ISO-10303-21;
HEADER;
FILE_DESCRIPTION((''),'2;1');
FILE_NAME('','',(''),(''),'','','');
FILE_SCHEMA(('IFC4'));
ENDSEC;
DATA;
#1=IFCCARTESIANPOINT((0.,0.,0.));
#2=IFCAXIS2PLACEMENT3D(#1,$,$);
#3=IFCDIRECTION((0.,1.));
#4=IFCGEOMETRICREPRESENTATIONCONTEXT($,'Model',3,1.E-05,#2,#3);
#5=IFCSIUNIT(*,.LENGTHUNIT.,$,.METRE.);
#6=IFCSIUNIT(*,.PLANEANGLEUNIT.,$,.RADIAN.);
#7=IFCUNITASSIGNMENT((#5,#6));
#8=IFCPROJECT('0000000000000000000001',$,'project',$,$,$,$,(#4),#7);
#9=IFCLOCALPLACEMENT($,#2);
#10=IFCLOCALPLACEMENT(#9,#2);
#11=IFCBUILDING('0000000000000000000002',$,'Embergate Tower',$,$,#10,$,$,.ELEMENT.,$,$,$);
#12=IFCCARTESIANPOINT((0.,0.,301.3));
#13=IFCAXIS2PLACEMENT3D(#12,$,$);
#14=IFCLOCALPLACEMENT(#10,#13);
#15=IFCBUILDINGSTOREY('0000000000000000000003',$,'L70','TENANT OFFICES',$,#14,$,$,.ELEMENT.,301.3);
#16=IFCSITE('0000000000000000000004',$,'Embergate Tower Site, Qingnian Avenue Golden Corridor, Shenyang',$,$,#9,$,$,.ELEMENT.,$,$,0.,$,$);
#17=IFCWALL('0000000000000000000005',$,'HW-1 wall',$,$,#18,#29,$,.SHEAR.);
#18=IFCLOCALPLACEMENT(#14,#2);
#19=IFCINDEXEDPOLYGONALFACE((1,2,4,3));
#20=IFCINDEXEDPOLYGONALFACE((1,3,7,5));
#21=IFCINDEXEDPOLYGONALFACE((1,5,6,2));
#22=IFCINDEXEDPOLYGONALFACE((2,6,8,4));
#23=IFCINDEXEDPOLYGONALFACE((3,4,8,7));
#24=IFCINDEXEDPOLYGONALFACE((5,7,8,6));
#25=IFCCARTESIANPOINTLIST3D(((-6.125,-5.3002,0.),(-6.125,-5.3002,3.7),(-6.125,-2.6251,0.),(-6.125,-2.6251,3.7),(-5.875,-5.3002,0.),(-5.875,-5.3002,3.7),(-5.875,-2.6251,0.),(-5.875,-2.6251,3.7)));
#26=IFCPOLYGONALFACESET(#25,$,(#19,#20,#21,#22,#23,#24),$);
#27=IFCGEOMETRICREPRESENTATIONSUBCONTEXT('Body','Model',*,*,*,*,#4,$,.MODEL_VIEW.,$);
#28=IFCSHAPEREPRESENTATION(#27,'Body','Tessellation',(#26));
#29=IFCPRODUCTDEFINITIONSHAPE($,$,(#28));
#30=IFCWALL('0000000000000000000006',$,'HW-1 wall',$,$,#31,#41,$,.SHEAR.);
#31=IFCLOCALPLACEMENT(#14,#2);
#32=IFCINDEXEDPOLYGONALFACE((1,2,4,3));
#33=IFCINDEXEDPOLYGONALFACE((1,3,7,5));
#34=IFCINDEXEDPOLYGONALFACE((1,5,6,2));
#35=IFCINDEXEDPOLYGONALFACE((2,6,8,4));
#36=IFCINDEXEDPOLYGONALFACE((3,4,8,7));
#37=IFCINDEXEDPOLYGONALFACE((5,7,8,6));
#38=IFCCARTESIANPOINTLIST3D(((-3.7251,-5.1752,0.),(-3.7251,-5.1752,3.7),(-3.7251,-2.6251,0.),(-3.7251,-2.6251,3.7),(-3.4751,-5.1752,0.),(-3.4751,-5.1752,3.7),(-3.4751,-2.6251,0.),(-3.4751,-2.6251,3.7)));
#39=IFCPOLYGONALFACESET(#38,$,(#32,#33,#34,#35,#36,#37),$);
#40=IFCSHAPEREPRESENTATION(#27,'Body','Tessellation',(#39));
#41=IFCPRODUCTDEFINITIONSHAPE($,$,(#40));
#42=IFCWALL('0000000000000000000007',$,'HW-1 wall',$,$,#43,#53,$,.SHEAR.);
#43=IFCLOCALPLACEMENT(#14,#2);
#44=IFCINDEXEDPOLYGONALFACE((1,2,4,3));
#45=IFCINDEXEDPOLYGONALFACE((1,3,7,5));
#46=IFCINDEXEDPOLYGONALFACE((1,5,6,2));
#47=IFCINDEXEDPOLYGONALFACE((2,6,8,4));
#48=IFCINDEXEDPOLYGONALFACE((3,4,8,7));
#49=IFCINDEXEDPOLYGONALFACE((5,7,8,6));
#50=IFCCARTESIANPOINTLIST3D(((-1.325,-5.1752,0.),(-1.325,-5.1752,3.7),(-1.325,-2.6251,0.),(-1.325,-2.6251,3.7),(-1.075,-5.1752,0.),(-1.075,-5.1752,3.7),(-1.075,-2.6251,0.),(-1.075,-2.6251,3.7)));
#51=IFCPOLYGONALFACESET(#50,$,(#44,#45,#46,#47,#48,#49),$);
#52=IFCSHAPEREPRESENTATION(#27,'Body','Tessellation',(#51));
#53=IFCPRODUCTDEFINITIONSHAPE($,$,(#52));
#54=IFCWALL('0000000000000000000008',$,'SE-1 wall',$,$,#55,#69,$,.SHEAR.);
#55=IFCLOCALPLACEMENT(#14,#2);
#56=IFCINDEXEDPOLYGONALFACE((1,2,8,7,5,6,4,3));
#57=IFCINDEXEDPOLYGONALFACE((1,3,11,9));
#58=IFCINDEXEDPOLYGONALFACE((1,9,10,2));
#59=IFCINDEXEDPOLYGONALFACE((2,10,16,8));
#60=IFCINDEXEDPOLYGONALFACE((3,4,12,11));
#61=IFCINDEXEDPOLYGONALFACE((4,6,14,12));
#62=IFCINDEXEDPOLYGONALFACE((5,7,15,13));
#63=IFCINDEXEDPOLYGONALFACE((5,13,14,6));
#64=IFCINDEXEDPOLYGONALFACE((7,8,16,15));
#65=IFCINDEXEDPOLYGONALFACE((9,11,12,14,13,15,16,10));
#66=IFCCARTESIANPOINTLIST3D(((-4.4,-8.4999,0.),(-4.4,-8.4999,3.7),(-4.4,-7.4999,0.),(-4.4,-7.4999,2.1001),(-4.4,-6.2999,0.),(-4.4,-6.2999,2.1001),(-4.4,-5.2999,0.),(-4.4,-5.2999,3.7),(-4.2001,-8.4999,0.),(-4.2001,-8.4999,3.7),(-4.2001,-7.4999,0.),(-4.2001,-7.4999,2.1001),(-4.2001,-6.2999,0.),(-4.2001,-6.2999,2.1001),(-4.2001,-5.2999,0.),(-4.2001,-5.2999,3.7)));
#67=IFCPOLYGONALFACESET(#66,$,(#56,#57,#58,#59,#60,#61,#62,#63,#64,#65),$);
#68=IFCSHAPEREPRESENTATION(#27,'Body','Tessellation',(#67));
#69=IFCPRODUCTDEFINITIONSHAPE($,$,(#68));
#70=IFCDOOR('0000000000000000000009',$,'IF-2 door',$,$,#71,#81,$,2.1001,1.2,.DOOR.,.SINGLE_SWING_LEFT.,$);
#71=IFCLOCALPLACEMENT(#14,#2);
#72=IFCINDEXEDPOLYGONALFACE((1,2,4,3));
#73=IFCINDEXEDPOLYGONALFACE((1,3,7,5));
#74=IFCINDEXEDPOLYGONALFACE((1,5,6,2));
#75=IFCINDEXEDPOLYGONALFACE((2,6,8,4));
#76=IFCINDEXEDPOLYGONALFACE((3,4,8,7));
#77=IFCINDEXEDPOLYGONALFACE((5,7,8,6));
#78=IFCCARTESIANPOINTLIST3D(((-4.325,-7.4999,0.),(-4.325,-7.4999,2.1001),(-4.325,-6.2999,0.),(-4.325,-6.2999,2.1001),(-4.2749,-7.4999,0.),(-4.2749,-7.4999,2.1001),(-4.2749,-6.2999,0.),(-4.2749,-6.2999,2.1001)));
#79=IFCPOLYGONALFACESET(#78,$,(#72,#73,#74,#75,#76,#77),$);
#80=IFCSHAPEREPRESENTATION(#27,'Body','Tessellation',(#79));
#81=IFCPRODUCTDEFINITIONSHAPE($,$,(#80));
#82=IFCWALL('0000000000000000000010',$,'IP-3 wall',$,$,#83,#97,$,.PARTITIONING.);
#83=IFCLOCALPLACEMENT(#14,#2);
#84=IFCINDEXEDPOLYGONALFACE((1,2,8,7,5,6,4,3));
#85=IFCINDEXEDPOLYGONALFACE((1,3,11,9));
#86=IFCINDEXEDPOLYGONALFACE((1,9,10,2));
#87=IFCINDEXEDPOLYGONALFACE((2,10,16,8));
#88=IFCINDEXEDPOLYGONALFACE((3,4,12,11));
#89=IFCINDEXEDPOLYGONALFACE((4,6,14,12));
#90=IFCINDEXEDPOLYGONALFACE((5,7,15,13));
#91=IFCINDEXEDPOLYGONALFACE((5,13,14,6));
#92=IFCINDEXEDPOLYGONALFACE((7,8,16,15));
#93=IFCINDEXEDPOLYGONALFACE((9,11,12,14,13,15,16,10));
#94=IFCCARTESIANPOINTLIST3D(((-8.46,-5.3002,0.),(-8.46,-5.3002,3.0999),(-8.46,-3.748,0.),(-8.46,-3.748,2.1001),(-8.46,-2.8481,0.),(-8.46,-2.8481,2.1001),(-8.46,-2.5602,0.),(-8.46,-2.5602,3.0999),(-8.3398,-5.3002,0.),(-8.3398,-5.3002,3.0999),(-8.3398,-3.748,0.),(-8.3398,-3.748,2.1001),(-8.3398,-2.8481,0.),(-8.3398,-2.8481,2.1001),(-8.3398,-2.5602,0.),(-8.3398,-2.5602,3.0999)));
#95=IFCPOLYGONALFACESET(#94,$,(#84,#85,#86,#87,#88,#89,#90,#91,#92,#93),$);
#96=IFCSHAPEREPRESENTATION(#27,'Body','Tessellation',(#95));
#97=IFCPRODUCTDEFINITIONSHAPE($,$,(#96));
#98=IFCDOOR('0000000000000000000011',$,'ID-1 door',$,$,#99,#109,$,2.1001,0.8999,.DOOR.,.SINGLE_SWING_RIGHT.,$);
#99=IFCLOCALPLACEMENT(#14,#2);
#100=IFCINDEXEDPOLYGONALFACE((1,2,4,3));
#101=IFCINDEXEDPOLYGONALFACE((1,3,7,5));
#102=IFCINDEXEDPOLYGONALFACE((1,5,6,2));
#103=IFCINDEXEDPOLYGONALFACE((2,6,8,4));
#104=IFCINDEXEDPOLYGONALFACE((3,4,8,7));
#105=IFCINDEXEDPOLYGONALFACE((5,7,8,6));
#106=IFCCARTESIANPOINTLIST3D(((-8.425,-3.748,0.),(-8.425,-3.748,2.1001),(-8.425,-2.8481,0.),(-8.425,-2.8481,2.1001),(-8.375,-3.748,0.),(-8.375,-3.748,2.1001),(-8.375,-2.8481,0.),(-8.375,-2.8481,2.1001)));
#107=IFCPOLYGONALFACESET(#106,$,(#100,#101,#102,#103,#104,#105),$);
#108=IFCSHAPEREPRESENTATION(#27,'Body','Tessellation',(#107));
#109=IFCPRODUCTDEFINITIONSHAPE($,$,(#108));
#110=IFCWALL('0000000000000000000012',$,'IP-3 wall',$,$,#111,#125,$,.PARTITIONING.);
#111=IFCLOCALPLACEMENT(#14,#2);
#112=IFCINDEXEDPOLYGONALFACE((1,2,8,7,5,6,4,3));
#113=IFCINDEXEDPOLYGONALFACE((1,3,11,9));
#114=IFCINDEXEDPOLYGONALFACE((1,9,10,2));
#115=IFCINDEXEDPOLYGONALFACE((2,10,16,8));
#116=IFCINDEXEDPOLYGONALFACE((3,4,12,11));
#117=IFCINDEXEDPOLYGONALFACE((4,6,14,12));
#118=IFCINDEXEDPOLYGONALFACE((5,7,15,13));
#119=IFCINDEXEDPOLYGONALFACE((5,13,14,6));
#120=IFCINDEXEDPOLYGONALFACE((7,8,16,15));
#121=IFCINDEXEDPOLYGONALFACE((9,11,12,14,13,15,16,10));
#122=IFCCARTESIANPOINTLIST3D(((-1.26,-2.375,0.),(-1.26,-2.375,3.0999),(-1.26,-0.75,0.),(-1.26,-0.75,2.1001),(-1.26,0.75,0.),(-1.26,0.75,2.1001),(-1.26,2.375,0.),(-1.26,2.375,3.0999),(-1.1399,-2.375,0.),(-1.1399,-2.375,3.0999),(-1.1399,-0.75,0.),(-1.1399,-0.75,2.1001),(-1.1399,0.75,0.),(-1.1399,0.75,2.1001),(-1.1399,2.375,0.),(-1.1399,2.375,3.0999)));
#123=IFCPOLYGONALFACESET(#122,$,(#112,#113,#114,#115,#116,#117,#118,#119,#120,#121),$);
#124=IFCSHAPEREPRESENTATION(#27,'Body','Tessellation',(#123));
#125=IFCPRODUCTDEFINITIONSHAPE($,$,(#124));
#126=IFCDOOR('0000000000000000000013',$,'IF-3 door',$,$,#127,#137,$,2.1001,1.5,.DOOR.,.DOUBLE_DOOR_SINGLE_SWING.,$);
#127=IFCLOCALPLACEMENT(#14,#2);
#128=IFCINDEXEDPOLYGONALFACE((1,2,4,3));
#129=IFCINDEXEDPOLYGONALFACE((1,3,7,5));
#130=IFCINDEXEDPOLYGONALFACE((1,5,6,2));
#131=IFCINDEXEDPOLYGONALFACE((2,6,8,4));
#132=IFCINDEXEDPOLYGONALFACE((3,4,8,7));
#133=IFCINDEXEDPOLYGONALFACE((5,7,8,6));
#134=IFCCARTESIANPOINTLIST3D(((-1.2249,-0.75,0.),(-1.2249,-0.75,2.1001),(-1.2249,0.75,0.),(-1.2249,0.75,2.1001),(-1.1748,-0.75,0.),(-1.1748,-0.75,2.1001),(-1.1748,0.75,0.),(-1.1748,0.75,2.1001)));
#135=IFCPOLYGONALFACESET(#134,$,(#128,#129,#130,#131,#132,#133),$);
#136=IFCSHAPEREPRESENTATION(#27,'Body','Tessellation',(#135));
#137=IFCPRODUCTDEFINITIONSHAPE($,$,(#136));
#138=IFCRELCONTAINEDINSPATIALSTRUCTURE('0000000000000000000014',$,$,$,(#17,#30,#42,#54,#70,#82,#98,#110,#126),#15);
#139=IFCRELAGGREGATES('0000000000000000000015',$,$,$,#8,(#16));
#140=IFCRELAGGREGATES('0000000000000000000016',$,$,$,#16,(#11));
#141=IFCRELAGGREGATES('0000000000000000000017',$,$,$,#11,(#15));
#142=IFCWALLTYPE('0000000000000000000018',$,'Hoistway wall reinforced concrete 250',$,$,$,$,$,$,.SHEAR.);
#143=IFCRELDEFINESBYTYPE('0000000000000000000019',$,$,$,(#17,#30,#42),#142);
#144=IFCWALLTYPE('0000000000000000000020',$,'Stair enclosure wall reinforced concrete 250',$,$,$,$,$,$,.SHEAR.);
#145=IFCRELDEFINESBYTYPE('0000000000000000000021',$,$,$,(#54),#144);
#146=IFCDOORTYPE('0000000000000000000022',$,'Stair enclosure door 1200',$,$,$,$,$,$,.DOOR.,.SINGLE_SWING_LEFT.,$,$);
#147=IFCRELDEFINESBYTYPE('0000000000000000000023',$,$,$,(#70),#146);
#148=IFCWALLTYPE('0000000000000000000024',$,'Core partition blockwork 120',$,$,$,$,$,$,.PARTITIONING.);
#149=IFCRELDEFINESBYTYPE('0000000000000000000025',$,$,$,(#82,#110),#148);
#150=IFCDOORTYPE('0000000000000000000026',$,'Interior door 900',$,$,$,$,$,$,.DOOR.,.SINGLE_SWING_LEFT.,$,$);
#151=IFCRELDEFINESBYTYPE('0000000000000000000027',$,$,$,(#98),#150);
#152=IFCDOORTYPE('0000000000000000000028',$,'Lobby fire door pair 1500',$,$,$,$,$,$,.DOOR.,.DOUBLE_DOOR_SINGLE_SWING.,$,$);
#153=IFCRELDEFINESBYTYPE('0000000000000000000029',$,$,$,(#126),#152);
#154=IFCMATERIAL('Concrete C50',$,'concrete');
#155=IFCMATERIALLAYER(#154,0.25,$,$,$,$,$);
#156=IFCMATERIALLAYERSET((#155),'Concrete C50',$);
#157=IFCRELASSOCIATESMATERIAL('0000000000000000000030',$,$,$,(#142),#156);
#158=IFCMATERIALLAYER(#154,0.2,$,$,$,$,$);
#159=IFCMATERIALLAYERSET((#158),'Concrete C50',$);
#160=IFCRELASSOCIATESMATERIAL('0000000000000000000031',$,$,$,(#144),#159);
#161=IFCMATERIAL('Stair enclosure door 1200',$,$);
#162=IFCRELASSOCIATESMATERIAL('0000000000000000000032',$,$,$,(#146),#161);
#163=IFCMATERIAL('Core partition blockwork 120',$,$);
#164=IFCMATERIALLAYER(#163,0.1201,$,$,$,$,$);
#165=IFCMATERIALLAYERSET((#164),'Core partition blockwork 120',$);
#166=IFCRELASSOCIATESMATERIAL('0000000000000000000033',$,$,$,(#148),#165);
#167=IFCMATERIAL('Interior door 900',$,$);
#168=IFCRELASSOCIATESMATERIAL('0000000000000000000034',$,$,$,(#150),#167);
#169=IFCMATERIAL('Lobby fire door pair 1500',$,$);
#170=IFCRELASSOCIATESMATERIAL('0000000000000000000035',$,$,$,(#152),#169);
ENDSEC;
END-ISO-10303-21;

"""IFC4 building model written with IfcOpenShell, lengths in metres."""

from ifc_helpers import new_model, si_unit, direction, frame, frame_2d, origin, place, context, subcontext, project, spatial, rectangle, extrude, source, transform, mapped, material, layer, layer_set, type_object, element, fill, save


model = new_model("IFC4")

# Units and contexts
model_context = context("Model", 3, precision=1e-05, world=origin(), true_north=direction((0.0, 1.0)))
body_context = subcontext(model_context, "Body", "Model", "MODEL_VIEW")
ifc_project = project(units=[si_unit("LENGTHUNIT", "METRE"), si_unit("PLANEANGLEUNIT", "RADIAN")], contexts=[model_context])

# Site, building, storey
site_placement = place(None, origin())
site = spatial("IfcSite", under=ifc_project, at=site_placement, Name="Embergate Tower Site, Qingnian Avenue Golden Corridor, Shenyang", CompositionType="ELEMENT", RefElevation=0.0)
building_placement = place(site_placement, origin())
building = spatial("IfcBuilding", under=site, at=building_placement, Name="Embergate Tower", CompositionType="ELEMENT")
storey_placement = place(building_placement, frame((0.0, 0.0, 301.3)))
storey = spatial("IfcBuildingStorey", under=building, at=storey_placement, Name="L70", Description="TENANT OFFICES", CompositionType="ELEMENT", Elevation=301.3)

# Walls
ifc_material_1 = material(Name="Concrete C50", Category="concrete")
ifc_layer_1 = layer(ifc_material_1, 0.25)
ifc_layer_set_1 = layer_set([ifc_layer_1], Name="Concrete C50")
wall_type_1 = type_object("IfcWallType", Name="Hoistway wall reinforced concrete 250", PredefinedType="SHEAR", material=ifc_layer_set_1)
shared_shape_1 = source(origin(), body_context, "Body", "SweptSolid", [
    extrude(rectangle(XDim=2.675, YDim=0.25, at=frame_2d((1.3374, 0.0))), origin(), (0.0, 0.0, 1.0), 3.7),
])
wall_1_placement = place(storey_placement, frame((-6.0, -5.3, 0.0), z_axis=(0.0, 0.0, 1.0), x_axis=(0.0, 1.0, 0.0)))
element("IfcWall", 1, at=wall_1_placement, inside=storey, type_object=wall_type_1, Name="HW-1 wall", PredefinedType="SHEAR", context=body_context, shape_type="MappedRepresentation", body=[
    mapped(shared_shape_1, transform((0.0, 0.0, 0.0))),
])
shared_shape_2 = source(origin(), body_context, "Body", "SweptSolid", [
    extrude(rectangle(XDim=2.55, YDim=0.25, at=frame_2d((1.2749, 0.0))), origin(), (0.0, 0.0, 1.0), 3.7),
])
for number, where, z_axis, x_axis, name in (
    (2, (-3.6001, -5.175, 0.0), (0.0, 0.0, 1.0), (0.0, 1.0, 0.0), "HW-1 wall"),
    (3, (-1.2, -5.175, 0.0), (0.0, 0.0, 1.0), (0.0, 1.0, 0.0), "HW-1 wall"),
):
    element("IfcWall", number, at=place(storey_placement, frame(where, z_axis=z_axis, x_axis=x_axis)), inside=storey, type_object=wall_type_1, Name=name, PredefinedType="SHEAR", context=body_context, shape_type="MappedRepresentation", body=[
        mapped(shared_shape_2, transform((0.0, 0.0, 0.0))),
    ])

# Walls, openings, doors
ifc_layer_2 = layer(ifc_material_1, 0.2)
ifc_layer_set_2 = layer_set([ifc_layer_2], Name="Concrete C50")
wall_type_2 = type_object("IfcWallType", Name="Stair enclosure wall reinforced concrete 250", PredefinedType="SHEAR", material=ifc_layer_set_2)
shared_shape_3 = source(origin(), body_context, "Body", "SweptSolid", [
    extrude(rectangle(XDim=3.2, YDim=0.2, at=frame_2d((1.6001, 0.0))), origin(), (0.0, 0.0, 1.0), 3.7),
])
wall_2_placement = place(storey_placement, frame((-4.3, -8.5, 0.0), z_axis=(0.0, 0.0, 1.0), x_axis=(0.0, 1.0, 0.0)))
wall_2 = element("IfcWall", 4, at=wall_2_placement, inside=storey, type_object=wall_type_2, Name="SE-1 wall", PredefinedType="SHEAR", context=body_context, shape_type="MappedRepresentation", body=[
    mapped(shared_shape_3, transform((0.0, 0.0, 0.0))),
])
shared_shape_4 = source(origin(), body_context, "Body", "SweptSolid", [
    extrude(rectangle(XDim=1.2, YDim=2.1001, at=frame_2d((0.6001, 1.05))), frame((0.0, 0.1099, 0.0), z_axis=(0.0, -1.0, 0.0), x_axis=(1.0, 0.0, 0.0)), (0.0, 0.0, 1.0), 0.22),
])
opening_1_placement = place(wall_2_placement, frame((1.0, 0.0, 0.0)))
opening_1 = element("IfcOpeningElement", 5, at=opening_1_placement, cuts=wall_2, PredefinedType="OPENING", context=body_context, shape_type="MappedRepresentation", body=[
    mapped(shared_shape_4, transform((0.0, 0.0, 0.0))),
])
ifc_material_2 = material(Name="Stair enclosure door 1200")
door_type_1 = type_object("IfcDoorType", Name="Stair enclosure door 1200", OperationType="SINGLE_SWING_LEFT", PredefinedType="DOOR", material=ifc_material_2)
shared_shape_5 = source(origin(), body_context, "Body", "SweptSolid", [
    extrude(rectangle(XDim=1.2, YDim=2.1001, at=frame_2d((0.6001, 1.05))), frame((0.0, 0.0249, 0.0), z_axis=(0.0, -1.0, 0.0), x_axis=(1.0, 0.0, 0.0)), (0.0, 0.0, 1.0), 0.05),
])
door_1_placement = place(opening_1_placement, origin())
door_1 = element("IfcDoor", 6, at=door_1_placement, inside=storey, type_object=door_type_1, Name="IF-2 door", OperationType="SINGLE_SWING_LEFT", OverallHeight=2.1001, OverallWidth=1.2, PredefinedType="DOOR", context=body_context, shape_type="MappedRepresentation", body=[
    mapped(shared_shape_5, transform((0.0, 0.0, 0.0))),
])
fill(opening_1, door_1)
ifc_material_3 = material(Name="Core partition blockwork 120")
ifc_layer_3 = layer(ifc_material_3, 0.1201)
ifc_layer_set_3 = layer_set([ifc_layer_3], Name="Core partition blockwork 120")
wall_type_3 = type_object("IfcWallType", Name="Core partition blockwork 120", PredefinedType="PARTITIONING", material=ifc_layer_set_3)
shared_shape_6 = source(origin(), body_context, "Body", "SweptSolid", [
    extrude(rectangle(XDim=2.74, YDim=0.1201, at=frame_2d((1.3701, 0.0))), origin(), (0.0, 0.0, 1.0), 3.0999),
])
wall_3_placement = place(storey_placement, frame((-8.3999, -2.5601, 0.0), z_axis=(0.0, 0.0, 1.0), x_axis=(0.0, -1.0, 0.0)))
wall_3 = element("IfcWall", 7, at=wall_3_placement, inside=storey, type_object=wall_type_3, Name="IP-3 wall", PredefinedType="PARTITIONING", context=body_context, shape_type="MappedRepresentation", body=[
    mapped(shared_shape_6, transform((0.0, 0.0, 0.0))),
])
shared_shape_7 = source(origin(), body_context, "Body", "SweptSolid", [
    extrude(rectangle(XDim=0.8999, YDim=2.1001, at=frame_2d((0.45, 1.05))), frame((0.0, 0.0701, 0.0), z_axis=(0.0, -1.0, 0.0), x_axis=(1.0, 0.0, 0.0)), (0.0, 0.0, 1.0), 0.1401),
])
opening_2_placement = place(wall_3_placement, frame((0.2881, 0.0, 0.0)))
opening_2 = element("IfcOpeningElement", 8, at=opening_2_placement, cuts=wall_3, PredefinedType="OPENING", context=body_context, shape_type="MappedRepresentation", body=[
    mapped(shared_shape_7, transform((0.0, 0.0, 0.0))),
])
ifc_material_4 = material(Name="Interior door 900")
door_type_2 = type_object("IfcDoorType", Name="Interior door 900", OperationType="SINGLE_SWING_LEFT", PredefinedType="DOOR", material=ifc_material_4)
shared_shape_8 = source(origin(), body_context, "Body", "SweptSolid", [
    extrude(rectangle(XDim=0.8999, YDim=2.1001, at=frame_2d((0.45, 1.05))), frame((0.0, 0.0249, 0.0), z_axis=(0.0, -1.0, 0.0), x_axis=(1.0, 0.0, 0.0)), (0.0, 0.0, 1.0), 0.05),
])
door_2_placement = place(opening_2_placement, origin())
door_2 = element("IfcDoor", 9, at=door_2_placement, inside=storey, type_object=door_type_2, Name="ID-1 door", OperationType="SINGLE_SWING_RIGHT", OverallHeight=2.1001, OverallWidth=0.8999, PredefinedType="DOOR", context=body_context, shape_type="MappedRepresentation", body=[
    mapped(shared_shape_8, transform((0.0, 0.0, 0.0))),
])
fill(opening_2, door_2)
shared_shape_9 = source(origin(), body_context, "Body", "SweptSolid", [
    extrude(rectangle(XDim=4.75, YDim=0.1201, at=frame_2d((2.375, 0.0))), origin(), (0.0, 0.0, 1.0), 3.0999),
])
wall_4_placement = place(storey_placement, frame((-1.2, -2.375, 0.0), z_axis=(0.0, 0.0, 1.0), x_axis=(0.0, 1.0, 0.0)))
wall_4 = element("IfcWall", 10, at=wall_4_placement, inside=storey, type_object=wall_type_3, Name="IP-3 wall", PredefinedType="PARTITIONING", context=body_context, shape_type="MappedRepresentation", body=[
    mapped(shared_shape_9, transform((0.0, 0.0, 0.0))),
])
shared_shape_10 = source(origin(), body_context, "Body", "SweptSolid", [
    extrude(rectangle(XDim=1.5, YDim=2.1001, at=frame_2d((0.75, 1.05))), frame((0.0, 0.0701, 0.0), z_axis=(0.0, -1.0, 0.0), x_axis=(1.0, 0.0, 0.0)), (0.0, 0.0, 1.0), 0.1401),
])
opening_3_placement = place(wall_4_placement, frame((1.625, 0.0, 0.0)))
opening_3 = element("IfcOpeningElement", 11, at=opening_3_placement, cuts=wall_4, PredefinedType="OPENING", context=body_context, shape_type="MappedRepresentation", body=[
    mapped(shared_shape_10, transform((0.0, 0.0, 0.0))),
])
ifc_material_5 = material(Name="Lobby fire door pair 1500")
door_type_3 = type_object("IfcDoorType", Name="Lobby fire door pair 1500", OperationType="DOUBLE_DOOR_SINGLE_SWING", PredefinedType="DOOR", material=ifc_material_5)
shared_shape_11 = source(origin(), body_context, "Body", "SweptSolid", [
    extrude(rectangle(XDim=1.5, YDim=2.1001, at=frame_2d((0.75, 1.05))), frame((0.0, 0.0249, 0.0), z_axis=(0.0, -1.0, 0.0), x_axis=(1.0, 0.0, 0.0)), (0.0, 0.0, 1.0), 0.05),
])
door_3_placement = place(opening_3_placement, origin())
door_3 = element("IfcDoor", 12, at=door_3_placement, inside=storey, type_object=door_type_3, Name="IF-3 door", OperationType="DOUBLE_DOOR_SINGLE_SWING", OverallHeight=2.1001, OverallWidth=1.5, PredefinedType="DOOR", context=body_context, shape_type="MappedRepresentation", body=[
    mapped(shared_shape_11, transform((0.0, 0.0, 0.0))),
])
fill(opening_3, door_3)

save(model, "model.ifc")
